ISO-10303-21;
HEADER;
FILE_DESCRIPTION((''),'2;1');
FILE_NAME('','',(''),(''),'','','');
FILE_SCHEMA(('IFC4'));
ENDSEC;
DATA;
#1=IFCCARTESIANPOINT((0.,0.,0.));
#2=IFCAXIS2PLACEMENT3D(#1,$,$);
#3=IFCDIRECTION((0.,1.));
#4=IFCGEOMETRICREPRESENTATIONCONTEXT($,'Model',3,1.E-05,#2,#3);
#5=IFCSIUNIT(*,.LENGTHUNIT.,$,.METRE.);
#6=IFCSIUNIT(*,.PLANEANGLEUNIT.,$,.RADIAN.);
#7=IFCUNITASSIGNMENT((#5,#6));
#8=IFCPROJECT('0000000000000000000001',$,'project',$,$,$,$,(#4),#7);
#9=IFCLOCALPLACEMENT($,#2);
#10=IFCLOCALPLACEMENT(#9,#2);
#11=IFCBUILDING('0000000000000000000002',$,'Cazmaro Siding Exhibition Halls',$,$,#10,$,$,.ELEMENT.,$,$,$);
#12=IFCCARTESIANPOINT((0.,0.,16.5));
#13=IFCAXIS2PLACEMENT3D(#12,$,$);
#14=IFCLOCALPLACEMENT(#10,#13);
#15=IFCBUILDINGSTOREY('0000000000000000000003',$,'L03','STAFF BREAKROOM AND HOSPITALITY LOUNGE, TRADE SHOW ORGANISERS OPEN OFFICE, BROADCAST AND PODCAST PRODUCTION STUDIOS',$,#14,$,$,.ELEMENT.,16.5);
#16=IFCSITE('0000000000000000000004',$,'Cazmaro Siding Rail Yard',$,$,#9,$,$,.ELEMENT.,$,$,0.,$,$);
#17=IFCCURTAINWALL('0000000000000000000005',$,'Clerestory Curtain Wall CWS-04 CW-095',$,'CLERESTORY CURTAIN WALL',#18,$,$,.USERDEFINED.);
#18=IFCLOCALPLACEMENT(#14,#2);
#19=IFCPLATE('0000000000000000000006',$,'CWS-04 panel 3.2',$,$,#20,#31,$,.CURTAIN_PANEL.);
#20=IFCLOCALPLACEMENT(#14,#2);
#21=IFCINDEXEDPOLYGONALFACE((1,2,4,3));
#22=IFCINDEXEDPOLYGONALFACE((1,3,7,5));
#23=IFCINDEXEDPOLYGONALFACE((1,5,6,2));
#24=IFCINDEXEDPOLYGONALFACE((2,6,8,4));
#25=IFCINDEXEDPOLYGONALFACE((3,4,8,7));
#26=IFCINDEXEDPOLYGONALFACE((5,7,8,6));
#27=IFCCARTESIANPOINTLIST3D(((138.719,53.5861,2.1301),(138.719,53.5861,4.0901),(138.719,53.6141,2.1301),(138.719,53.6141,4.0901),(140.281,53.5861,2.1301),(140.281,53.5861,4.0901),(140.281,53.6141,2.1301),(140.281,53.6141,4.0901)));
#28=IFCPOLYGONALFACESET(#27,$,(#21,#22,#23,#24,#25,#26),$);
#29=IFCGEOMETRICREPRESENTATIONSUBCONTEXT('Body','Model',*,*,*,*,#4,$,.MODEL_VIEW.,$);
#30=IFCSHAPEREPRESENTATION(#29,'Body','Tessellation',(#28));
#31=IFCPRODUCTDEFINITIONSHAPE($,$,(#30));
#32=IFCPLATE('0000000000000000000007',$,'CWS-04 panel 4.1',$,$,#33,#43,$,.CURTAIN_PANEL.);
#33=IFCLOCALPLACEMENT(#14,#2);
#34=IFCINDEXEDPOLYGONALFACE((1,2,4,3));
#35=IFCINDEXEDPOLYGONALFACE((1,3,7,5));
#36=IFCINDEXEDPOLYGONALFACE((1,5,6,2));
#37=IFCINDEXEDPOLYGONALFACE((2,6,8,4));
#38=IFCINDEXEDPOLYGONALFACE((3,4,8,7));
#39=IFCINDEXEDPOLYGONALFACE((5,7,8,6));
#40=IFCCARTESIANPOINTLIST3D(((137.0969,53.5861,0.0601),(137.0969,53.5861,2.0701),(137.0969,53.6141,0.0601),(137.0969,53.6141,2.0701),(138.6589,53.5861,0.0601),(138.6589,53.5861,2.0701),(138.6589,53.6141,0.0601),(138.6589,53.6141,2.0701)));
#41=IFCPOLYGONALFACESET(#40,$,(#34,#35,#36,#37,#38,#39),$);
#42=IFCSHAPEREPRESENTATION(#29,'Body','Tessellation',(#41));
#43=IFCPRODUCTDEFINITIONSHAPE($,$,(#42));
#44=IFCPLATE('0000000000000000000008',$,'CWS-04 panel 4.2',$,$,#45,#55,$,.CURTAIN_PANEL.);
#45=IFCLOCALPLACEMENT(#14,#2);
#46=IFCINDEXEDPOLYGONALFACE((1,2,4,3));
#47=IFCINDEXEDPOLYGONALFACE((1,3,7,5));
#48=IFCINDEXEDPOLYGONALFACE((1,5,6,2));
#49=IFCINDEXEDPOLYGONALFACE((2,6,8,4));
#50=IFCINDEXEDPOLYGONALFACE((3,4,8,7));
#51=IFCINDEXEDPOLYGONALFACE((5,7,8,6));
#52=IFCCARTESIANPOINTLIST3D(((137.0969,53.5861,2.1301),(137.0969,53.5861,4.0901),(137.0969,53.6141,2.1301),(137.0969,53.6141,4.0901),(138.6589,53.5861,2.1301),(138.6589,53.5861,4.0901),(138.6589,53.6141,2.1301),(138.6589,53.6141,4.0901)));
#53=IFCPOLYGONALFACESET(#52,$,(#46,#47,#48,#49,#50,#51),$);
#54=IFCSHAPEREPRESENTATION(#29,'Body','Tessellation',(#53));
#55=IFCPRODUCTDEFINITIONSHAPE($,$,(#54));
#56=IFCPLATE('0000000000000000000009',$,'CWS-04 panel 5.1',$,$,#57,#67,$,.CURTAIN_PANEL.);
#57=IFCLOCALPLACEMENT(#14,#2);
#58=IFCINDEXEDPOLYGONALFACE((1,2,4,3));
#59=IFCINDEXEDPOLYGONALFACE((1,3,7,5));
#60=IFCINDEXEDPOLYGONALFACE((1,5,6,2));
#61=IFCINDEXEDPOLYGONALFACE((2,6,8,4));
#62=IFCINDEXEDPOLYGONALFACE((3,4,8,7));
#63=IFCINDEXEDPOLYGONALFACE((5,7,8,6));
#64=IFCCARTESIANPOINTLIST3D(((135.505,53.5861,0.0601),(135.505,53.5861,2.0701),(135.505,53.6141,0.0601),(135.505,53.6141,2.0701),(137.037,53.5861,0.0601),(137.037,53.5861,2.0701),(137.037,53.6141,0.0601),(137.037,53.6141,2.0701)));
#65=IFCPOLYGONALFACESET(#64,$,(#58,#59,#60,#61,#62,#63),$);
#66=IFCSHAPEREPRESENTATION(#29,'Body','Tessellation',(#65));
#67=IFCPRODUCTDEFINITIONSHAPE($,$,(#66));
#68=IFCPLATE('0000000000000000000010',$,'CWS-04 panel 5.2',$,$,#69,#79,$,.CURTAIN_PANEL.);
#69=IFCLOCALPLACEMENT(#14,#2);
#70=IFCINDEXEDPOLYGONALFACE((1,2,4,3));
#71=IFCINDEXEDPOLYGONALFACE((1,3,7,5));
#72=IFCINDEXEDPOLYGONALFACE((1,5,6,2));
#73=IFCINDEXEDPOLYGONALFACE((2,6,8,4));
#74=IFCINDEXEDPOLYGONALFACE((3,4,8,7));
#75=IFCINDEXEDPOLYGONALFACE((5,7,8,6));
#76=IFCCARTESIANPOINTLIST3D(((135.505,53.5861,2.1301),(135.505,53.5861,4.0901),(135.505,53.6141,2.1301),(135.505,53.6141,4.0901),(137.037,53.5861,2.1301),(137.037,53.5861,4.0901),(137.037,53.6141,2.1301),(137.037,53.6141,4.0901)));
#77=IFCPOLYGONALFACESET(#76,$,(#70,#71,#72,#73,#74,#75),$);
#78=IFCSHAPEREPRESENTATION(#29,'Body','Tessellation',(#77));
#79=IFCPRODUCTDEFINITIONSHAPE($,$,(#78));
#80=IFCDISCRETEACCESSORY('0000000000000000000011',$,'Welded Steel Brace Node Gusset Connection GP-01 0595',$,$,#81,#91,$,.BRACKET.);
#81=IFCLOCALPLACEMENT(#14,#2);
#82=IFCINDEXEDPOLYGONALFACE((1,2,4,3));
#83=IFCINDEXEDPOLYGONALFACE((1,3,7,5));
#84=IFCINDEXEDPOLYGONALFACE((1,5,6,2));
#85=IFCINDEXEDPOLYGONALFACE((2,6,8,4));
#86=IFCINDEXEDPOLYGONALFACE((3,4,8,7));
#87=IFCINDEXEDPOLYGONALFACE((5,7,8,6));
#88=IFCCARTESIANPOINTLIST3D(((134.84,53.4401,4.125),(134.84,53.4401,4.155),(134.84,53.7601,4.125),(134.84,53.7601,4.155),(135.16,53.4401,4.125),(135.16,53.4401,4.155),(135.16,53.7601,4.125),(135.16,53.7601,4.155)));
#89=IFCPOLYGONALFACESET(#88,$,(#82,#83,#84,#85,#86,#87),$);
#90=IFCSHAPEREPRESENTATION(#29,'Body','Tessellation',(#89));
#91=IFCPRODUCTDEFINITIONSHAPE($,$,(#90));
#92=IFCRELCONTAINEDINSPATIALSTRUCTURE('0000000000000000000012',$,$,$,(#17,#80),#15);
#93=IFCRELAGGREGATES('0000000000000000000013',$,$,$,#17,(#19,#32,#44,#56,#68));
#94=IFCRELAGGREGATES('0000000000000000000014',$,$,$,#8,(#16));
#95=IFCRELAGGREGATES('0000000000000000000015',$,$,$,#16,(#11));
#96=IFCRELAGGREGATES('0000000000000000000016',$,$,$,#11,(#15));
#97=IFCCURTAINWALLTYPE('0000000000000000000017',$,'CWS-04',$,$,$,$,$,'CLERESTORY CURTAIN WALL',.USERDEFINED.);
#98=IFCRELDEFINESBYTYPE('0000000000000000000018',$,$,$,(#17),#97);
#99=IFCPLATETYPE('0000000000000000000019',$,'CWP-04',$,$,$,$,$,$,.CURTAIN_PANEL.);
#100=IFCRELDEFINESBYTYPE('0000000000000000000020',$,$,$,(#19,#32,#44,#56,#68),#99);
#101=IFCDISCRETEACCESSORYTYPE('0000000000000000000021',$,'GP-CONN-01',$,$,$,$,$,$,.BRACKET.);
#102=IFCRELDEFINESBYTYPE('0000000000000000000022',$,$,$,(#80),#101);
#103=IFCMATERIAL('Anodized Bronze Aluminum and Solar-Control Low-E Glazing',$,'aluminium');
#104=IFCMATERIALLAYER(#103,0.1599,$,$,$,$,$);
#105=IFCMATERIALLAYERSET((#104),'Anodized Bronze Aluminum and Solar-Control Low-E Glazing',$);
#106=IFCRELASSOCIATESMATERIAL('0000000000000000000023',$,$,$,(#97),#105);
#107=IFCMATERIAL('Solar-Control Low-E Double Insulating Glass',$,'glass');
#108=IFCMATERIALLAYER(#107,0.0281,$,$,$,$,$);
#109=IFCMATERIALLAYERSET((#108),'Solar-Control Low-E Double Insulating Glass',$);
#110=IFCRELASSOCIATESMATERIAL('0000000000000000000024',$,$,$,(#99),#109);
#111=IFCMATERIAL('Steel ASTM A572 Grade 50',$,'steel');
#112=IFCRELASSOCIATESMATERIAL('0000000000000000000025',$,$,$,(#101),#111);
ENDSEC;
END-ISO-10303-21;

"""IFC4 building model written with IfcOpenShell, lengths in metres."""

from ifc_helpers import new_model, si_unit, direction, frame, origin, origin_2d, place, context, subcontext, project, spatial, rectangle, extrude, material, layer, layer_set, type_object, element, aggregate, save


model = new_model("IFC4")

# Units and contexts
model_context = context("Model", 3, precision=1e-05, world=origin(), true_north=direction((0.0, 1.0)))
body_context = subcontext(model_context, "Body", "Model", "MODEL_VIEW")
ifc_project = project(units=[si_unit("LENGTHUNIT", "METRE"), si_unit("PLANEANGLEUNIT", "RADIAN")], contexts=[model_context])

# Site, building, storey
site_placement = place(None, origin())
site = spatial("IfcSite", under=ifc_project, at=site_placement, Name="Cazmaro Siding Rail Yard", CompositionType="ELEMENT", RefElevation=0.0)
building_placement = place(site_placement, origin())
building = spatial("IfcBuilding", under=site, at=building_placement, Name="Cazmaro Siding Exhibition Halls", CompositionType="ELEMENT")
storey_placement = place(building_placement, frame((0.0, 0.0, 16.5)))
storey = spatial("IfcBuildingStorey", under=building, at=storey_placement, Name="L03", Description="STAFF BREAKROOM AND HOSPITALITY LOUNGE, TRADE SHOW ORGANISERS OPEN OFFICE, BROADCAST AND PODCAST PRODUCTION STUDIOS", CompositionType="ELEMENT", Elevation=16.5)

# Curtain wall
ifc_material_1 = material(Name="Anodized Bronze Aluminum and Solar-Control Low-E Glazing", Category="aluminium")
ifc_layer_1 = layer(ifc_material_1, 0.1599)
ifc_layer_set_1 = layer_set([ifc_layer_1], Name="Anodized Bronze Aluminum and Solar-Control Low-E Glazing")
curtain_wall_type = type_object("IfcCurtainWallType", Name="CWS-04", ElementType="CLERESTORY CURTAIN WALL", PredefinedType="USERDEFINED", material=ifc_layer_set_1)
curtain_wall_1_placement = place(storey_placement, origin())
curtain_wall_1 = element("IfcCurtainWall", 1, at=curtain_wall_1_placement, inside=storey, type_object=curtain_wall_type, Name="Clerestory Curtain Wall CWS-04 CW-095", ObjectType="CLERESTORY CURTAIN WALL", PredefinedType="USERDEFINED")

# Plates
ifc_material_2 = material(Name="Solar-Control Low-E Double Insulating Glass", Category="glass")
ifc_layer_2 = layer(ifc_material_2, 0.0281)
ifc_layer_set_2 = layer_set([ifc_layer_2], Name="Solar-Control Low-E Double Insulating Glass")
plate_type = type_object("IfcPlateType", Name="CWP-04", PredefinedType="CURTAIN_PANEL", material=ifc_layer_set_2)
plate_1_placement = place(storey_placement, frame((139.5, 53.6001, 2.1301), z_axis=(0.0, 0.0, 1.0), x_axis=(-1.0, 0.0, 0.0)))
plate_1 = element("IfcPlate", 2, at=plate_1_placement, type_object=plate_type, Name="CWS-04 panel 3.2", PredefinedType="CURTAIN_PANEL", context=body_context, shape_type="SweptSolid", body=[
    extrude(rectangle(XDim=1.562, YDim=0.0281, at=origin_2d()), origin(), (0.0, 0.0, 1.0), 1.96),
])
plate_2_placement = place(storey_placement, frame((137.8779, 53.6001, 0.0601), z_axis=(0.0, 0.0, 1.0), x_axis=(-1.0, 0.0, 0.0)))
plate_2 = element("IfcPlate", 3, at=plate_2_placement, type_object=plate_type, Name="CWS-04 panel 4.1", PredefinedType="CURTAIN_PANEL", context=body_context, shape_type="SweptSolid", body=[
    extrude(rectangle(XDim=1.562, YDim=0.0281, at=origin_2d()), origin(), (0.0, 0.0, 1.0), 2.01),
])
plate_3_placement = place(storey_placement, frame((137.8779, 53.6001, 2.1301), z_axis=(0.0, 0.0, 1.0), x_axis=(-1.0, 0.0, 0.0)))
plate_3 = element("IfcPlate", 4, at=plate_3_placement, type_object=plate_type, Name="CWS-04 panel 4.2", PredefinedType="CURTAIN_PANEL", context=body_context, shape_type="SweptSolid", body=[
    extrude(rectangle(XDim=1.562, YDim=0.0281, at=origin_2d()), origin(), (0.0, 0.0, 1.0), 1.96),
])
plate_4_placement = place(storey_placement, frame((136.271, 53.6001, 0.0601), z_axis=(0.0, 0.0, 1.0), x_axis=(-1.0, 0.0, 0.0)))
plate_4 = element("IfcPlate", 5, at=plate_4_placement, type_object=plate_type, Name="CWS-04 panel 5.1", PredefinedType="CURTAIN_PANEL", context=body_context, shape_type="SweptSolid", body=[
    extrude(rectangle(XDim=1.532, YDim=0.0281, at=origin_2d()), origin(), (0.0, 0.0, 1.0), 2.01),
])
plate_5_placement = place(storey_placement, frame((136.271, 53.6001, 2.1301), z_axis=(0.0, 0.0, 1.0), x_axis=(-1.0, 0.0, 0.0)))
plate_5 = element("IfcPlate", 6, at=plate_5_placement, type_object=plate_type, Name="CWS-04 panel 5.2", PredefinedType="CURTAIN_PANEL", context=body_context, shape_type="SweptSolid", body=[
    extrude(rectangle(XDim=1.532, YDim=0.0281, at=origin_2d()), origin(), (0.0, 0.0, 1.0), 1.96),
])
aggregate(curtain_wall_1, [plate_1, plate_2, plate_3, plate_4, plate_5])

# Discrete accessory
ifc_material_3 = material(Name="Steel ASTM A572 Grade 50", Category="steel")
discrete_accessory_type = type_object("IfcDiscreteAccessoryType", Name="GP-CONN-01", PredefinedType="BRACKET", material=ifc_material_3)
discrete_accessory_placement = place(storey_placement, frame((135.0, 53.6001, 4.125), z_axis=(0.0, 0.0, 1.0), x_axis=(1.0, 0.0, 0.0)))
element("IfcDiscreteAccessory", 7, at=discrete_accessory_placement, inside=storey, type_object=discrete_accessory_type, Name="Welded Steel Brace Node Gusset Connection GP-01 0595", PredefinedType="BRACKET", context=body_context, shape_type="SweptSolid", body=[
    extrude(rectangle(XDim=0.3201, YDim=0.3201, at=origin_2d()), origin(), (0.0, 0.0, 1.0), 0.03),
])

save(model, "model.ifc")
